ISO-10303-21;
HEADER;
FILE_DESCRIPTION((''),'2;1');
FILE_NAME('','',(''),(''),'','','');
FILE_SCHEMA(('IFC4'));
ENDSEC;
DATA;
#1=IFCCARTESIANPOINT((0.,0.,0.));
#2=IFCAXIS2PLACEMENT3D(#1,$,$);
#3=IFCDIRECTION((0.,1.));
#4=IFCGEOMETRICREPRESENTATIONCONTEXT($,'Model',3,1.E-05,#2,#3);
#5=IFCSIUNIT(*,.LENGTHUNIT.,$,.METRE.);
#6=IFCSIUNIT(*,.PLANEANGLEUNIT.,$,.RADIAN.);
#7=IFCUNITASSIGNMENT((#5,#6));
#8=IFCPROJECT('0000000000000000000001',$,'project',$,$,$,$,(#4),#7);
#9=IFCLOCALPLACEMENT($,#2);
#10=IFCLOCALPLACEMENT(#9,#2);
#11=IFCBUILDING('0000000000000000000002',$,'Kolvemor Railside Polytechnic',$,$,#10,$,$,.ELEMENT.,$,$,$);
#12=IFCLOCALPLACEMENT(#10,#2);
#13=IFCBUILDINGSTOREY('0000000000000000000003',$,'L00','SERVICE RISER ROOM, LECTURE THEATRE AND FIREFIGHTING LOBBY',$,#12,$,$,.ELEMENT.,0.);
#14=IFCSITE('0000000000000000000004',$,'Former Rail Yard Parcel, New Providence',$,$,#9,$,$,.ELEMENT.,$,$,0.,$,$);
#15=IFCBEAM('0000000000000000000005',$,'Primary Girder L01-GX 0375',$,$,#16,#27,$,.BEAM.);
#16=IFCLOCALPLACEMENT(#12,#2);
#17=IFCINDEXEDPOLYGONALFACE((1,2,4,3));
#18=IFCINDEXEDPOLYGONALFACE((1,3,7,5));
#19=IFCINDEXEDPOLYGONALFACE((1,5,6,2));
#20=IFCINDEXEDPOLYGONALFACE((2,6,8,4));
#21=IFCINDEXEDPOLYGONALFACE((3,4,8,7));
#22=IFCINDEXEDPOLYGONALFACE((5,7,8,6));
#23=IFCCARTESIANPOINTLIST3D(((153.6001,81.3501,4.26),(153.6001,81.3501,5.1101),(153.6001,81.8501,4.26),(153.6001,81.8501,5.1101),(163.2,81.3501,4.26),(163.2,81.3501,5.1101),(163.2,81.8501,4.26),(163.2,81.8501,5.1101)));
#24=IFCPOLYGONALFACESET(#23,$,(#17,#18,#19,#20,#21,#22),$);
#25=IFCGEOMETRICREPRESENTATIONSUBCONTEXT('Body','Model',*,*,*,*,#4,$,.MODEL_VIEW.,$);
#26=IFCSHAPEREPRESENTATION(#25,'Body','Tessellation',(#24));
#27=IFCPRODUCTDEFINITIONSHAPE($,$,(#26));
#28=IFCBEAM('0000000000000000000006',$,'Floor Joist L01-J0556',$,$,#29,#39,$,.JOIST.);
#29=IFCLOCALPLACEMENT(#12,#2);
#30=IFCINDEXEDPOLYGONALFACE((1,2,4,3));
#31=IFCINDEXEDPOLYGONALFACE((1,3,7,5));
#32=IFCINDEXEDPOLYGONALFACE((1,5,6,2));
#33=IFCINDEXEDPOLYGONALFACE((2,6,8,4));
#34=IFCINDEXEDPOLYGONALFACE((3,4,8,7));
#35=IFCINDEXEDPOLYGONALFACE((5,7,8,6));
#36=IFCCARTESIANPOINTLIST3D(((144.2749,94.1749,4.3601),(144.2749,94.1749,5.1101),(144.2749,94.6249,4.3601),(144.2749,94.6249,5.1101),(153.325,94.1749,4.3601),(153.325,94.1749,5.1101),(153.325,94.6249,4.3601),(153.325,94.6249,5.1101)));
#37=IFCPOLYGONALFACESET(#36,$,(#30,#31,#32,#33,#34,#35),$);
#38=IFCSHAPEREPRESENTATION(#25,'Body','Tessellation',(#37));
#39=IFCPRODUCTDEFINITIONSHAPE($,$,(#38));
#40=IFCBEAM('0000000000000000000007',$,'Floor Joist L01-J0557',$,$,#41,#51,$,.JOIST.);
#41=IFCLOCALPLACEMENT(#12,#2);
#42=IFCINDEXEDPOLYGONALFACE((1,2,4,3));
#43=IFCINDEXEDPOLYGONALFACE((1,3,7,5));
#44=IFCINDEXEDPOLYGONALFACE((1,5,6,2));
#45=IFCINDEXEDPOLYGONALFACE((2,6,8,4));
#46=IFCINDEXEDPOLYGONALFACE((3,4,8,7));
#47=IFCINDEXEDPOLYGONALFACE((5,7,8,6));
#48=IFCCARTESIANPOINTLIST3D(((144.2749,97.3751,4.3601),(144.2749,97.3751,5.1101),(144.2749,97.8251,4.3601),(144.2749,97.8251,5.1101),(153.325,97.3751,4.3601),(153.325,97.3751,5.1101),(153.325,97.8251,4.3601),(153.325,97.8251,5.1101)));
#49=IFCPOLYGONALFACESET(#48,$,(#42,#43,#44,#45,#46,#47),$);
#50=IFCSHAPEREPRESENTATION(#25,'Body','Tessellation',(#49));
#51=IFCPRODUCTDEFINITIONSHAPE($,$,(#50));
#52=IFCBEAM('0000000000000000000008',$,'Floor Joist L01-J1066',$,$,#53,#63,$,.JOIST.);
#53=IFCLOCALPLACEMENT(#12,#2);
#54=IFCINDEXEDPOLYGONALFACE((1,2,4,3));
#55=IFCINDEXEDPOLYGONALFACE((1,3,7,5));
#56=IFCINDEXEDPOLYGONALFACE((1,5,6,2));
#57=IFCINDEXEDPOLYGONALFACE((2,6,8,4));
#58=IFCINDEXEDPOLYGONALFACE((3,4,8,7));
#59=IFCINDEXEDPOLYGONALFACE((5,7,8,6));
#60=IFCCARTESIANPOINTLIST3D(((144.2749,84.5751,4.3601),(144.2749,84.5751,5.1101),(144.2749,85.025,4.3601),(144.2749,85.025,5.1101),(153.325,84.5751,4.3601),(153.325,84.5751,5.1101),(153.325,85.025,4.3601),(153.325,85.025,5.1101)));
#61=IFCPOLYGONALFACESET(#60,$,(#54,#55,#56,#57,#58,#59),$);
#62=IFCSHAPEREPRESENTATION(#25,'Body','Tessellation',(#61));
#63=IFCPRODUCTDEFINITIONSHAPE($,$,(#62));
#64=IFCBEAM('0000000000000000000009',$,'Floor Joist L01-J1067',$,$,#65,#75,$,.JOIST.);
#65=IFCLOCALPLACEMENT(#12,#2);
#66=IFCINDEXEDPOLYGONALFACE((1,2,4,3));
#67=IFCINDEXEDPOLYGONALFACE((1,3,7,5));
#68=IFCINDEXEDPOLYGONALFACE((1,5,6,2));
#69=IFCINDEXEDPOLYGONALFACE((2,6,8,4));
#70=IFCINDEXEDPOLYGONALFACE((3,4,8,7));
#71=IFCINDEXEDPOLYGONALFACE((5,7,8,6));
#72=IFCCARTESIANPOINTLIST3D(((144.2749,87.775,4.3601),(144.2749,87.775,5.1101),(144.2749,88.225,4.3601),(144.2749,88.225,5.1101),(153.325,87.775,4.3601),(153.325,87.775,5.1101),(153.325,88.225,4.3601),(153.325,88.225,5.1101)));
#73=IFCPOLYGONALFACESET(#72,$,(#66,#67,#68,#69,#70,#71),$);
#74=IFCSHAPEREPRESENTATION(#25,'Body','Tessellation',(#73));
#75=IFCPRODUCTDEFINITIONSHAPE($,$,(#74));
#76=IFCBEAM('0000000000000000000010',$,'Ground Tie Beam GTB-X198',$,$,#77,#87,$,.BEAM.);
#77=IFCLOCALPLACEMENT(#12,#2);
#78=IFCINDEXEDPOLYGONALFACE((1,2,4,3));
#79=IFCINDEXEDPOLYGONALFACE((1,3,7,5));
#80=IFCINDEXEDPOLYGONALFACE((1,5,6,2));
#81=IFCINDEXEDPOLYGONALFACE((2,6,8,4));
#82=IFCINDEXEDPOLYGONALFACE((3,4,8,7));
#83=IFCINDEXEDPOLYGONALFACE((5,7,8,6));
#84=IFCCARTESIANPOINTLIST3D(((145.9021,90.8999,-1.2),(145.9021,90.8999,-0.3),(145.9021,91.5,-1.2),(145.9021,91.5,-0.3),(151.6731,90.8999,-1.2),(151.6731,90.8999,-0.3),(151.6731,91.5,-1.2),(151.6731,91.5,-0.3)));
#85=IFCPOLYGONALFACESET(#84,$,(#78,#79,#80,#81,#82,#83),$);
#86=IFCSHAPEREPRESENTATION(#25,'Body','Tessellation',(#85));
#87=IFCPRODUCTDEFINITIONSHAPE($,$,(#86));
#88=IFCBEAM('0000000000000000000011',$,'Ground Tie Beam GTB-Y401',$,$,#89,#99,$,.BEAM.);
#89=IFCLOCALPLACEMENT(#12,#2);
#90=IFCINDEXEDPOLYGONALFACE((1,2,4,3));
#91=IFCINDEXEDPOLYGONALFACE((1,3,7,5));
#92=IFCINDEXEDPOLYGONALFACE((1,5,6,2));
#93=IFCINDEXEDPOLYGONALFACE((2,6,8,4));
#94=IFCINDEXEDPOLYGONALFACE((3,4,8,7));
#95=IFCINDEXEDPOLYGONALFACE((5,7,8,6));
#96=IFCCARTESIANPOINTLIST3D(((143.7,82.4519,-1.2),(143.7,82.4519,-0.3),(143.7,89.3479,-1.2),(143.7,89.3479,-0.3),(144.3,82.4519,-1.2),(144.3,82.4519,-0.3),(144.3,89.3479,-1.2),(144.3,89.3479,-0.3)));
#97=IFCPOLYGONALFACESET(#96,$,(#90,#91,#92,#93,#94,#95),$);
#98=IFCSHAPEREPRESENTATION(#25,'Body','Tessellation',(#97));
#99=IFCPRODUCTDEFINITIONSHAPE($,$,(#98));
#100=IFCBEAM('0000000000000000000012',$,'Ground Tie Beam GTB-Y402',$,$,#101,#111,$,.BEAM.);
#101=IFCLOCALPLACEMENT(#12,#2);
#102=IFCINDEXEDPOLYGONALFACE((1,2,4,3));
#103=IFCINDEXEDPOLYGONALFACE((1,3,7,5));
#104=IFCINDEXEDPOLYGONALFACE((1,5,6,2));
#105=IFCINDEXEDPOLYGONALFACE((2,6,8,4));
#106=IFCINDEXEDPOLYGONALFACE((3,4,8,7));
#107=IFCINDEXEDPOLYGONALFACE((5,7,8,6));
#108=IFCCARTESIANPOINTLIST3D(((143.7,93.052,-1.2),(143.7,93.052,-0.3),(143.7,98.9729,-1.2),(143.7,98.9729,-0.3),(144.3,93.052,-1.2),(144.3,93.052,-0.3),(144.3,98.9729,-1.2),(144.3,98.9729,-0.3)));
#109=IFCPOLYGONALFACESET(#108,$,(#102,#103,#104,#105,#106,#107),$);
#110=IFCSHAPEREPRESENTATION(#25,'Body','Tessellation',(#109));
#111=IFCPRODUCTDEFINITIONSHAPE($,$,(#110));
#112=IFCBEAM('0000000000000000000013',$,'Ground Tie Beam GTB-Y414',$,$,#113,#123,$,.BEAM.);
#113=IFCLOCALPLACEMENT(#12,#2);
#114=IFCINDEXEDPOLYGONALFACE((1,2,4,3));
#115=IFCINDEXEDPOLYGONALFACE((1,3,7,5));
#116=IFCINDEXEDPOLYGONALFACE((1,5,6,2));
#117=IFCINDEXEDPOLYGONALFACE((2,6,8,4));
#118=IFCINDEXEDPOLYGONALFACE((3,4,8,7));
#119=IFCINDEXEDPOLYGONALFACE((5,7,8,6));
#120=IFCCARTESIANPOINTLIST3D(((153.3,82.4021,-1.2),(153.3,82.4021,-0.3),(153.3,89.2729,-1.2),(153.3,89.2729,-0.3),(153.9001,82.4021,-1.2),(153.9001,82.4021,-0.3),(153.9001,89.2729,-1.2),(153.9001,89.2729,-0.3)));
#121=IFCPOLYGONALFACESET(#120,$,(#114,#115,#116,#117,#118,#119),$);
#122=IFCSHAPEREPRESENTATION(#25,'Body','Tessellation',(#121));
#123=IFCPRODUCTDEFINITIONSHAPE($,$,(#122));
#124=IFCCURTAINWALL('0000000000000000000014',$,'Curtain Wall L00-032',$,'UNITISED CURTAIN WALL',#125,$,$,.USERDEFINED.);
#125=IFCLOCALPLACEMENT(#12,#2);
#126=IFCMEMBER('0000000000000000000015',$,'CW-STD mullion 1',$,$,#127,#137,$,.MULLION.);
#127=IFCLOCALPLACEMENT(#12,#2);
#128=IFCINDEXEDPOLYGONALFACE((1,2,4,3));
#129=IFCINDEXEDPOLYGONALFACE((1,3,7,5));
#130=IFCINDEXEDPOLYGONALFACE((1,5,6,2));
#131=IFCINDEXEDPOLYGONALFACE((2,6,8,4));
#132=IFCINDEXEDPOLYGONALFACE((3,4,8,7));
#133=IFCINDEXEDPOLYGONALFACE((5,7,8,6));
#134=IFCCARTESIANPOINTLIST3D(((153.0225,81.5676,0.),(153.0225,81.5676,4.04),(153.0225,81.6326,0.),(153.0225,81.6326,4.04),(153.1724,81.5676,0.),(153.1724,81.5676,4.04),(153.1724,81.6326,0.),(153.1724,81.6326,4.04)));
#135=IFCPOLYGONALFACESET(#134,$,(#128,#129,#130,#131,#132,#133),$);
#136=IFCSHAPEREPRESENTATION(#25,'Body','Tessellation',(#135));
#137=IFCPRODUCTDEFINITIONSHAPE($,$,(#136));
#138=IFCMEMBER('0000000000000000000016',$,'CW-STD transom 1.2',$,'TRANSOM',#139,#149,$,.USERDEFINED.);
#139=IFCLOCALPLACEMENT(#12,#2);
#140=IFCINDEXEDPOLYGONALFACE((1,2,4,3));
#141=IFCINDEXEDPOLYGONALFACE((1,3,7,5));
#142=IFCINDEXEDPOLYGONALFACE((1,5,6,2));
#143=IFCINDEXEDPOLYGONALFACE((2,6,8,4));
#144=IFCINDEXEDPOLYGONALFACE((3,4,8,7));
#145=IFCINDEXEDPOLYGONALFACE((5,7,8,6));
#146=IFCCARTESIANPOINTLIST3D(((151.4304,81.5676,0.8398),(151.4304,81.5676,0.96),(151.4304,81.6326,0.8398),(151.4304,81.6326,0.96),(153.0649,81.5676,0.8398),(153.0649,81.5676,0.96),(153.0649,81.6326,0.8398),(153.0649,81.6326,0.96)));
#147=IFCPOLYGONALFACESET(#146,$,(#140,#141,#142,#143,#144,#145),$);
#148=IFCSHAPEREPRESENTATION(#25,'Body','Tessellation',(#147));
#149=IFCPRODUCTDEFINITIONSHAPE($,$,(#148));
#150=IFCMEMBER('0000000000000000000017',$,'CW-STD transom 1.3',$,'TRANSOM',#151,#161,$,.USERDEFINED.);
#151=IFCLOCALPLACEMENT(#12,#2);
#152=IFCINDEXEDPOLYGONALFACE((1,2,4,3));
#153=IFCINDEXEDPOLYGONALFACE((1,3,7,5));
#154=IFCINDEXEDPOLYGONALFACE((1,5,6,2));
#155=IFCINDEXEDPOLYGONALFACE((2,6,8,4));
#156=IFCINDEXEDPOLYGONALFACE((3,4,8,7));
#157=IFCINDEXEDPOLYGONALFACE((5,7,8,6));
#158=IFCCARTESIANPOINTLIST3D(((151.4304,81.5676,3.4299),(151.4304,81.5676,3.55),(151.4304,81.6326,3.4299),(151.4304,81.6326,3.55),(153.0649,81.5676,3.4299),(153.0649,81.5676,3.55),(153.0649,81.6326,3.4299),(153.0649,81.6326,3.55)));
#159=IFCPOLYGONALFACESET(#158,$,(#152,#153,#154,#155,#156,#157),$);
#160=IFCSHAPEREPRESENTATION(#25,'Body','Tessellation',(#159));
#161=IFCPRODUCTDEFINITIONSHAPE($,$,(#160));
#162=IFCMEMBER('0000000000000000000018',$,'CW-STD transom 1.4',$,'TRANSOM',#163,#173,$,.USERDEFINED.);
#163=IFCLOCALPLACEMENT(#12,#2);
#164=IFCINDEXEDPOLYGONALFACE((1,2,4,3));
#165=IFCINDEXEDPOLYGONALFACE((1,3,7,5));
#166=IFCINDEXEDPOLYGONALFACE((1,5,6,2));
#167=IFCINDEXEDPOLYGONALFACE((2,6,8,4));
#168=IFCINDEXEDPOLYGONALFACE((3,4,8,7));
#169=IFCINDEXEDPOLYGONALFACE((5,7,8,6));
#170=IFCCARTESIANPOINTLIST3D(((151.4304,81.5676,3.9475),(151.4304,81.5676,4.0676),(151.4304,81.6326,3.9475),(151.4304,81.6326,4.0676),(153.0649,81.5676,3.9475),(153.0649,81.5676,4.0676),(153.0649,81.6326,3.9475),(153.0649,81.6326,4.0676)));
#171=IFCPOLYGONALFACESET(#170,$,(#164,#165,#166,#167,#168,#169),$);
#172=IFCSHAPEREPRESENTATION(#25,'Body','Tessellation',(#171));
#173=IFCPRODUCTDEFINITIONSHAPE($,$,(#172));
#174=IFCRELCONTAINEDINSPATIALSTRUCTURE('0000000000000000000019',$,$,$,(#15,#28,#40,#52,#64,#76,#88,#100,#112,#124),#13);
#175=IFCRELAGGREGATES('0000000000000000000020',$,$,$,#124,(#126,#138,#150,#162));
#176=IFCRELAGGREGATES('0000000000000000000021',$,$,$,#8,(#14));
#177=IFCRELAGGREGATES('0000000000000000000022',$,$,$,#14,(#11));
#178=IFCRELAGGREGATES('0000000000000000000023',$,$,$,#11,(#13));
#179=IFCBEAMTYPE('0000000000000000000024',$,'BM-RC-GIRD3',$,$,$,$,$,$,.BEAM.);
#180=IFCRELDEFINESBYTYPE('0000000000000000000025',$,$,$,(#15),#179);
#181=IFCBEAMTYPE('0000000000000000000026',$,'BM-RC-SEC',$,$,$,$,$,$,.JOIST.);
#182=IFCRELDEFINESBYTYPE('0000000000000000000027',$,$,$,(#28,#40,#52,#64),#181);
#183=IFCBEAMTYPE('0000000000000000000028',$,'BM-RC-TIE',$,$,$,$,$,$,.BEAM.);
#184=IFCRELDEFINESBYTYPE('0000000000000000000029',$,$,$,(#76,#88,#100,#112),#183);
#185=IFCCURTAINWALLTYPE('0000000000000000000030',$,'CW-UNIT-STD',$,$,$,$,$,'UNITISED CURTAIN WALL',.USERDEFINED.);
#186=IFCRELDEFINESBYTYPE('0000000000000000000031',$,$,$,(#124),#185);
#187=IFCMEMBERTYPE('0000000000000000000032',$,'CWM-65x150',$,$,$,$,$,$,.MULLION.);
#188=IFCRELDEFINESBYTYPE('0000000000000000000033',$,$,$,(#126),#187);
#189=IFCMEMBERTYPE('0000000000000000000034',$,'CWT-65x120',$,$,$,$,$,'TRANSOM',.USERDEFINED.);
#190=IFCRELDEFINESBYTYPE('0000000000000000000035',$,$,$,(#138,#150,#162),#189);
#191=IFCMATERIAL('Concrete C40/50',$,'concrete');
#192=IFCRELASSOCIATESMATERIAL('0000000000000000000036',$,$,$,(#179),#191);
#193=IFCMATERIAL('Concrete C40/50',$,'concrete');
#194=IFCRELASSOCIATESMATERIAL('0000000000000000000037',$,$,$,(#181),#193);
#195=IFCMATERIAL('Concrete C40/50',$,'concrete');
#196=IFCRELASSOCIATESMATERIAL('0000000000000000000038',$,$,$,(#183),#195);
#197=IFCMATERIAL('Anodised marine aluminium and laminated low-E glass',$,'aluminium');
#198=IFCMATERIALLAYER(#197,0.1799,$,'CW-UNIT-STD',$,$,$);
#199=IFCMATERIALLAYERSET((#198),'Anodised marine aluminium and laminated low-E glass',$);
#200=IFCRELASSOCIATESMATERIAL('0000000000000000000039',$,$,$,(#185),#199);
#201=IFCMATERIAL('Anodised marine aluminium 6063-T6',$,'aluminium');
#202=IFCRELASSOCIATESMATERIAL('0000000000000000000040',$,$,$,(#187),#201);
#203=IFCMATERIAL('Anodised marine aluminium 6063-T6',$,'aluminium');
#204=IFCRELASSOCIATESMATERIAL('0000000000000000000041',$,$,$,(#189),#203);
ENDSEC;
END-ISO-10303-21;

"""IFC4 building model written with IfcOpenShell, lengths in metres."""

from ifc_helpers import new_model, si_unit, direction, frame, origin, origin_2d, place, context, subcontext, project, spatial, rectangle, extrude, material, layer, layer_set, material_profile, profile_set, type_object, element, aggregate, save


model = new_model("IFC4")

# Units and contexts
model_context = context("Model", 3, precision=1e-05, world=origin(), true_north=direction((0.0, 1.0)))
body_context = subcontext(model_context, "Body", "Model", "MODEL_VIEW")
ifc_project = project(units=[si_unit("LENGTHUNIT", "METRE"), si_unit("PLANEANGLEUNIT", "RADIAN")], contexts=[model_context])

# Site, building, storey
site_placement = place(None, origin())
site = spatial("IfcSite", under=ifc_project, at=site_placement, Name="Former Rail Yard Parcel, New Providence", CompositionType="ELEMENT", RefElevation=0.0)
building_placement = place(site_placement, origin())
building = spatial("IfcBuilding", under=site, at=building_placement, Name="Kolvemor Railside Polytechnic", CompositionType="ELEMENT")
storey_placement = place(building_placement, origin())
storey = spatial("IfcBuildingStorey", under=building, at=storey_placement, Name="L00", Description="SERVICE RISER ROOM, LECTURE THEATRE AND FIREFIGHTING LOBBY", CompositionType="ELEMENT", Elevation=0.0)

# Beams
ifc_material_1 = material(Name="Concrete C40/50", Category="concrete")
ifc_material_profile_1 = material_profile(ifc_material_1, rectangle(XDim=0.5, YDim=0.8501, at=origin_2d()), Name="RC500x850")
ifc_profile_set_1 = profile_set([ifc_material_profile_1], Name="Concrete C40/50")
beam_type_1 = type_object("IfcBeamType", Name="BM-RC-GIRD3", PredefinedType="BEAM", material=ifc_profile_set_1)
beam_1_placement = place(storey_placement, frame((153.6001, 81.6001, 4.6851), z_axis=(1.0, 0.0, 0.0), x_axis=(0.0, 1.0, 0.0)))
element("IfcBeam", 1, at=beam_1_placement, inside=storey, type_object=beam_type_1, Name="Primary Girder L01-GX 0375", PredefinedType="BEAM", context=body_context, shape_type="SweptSolid", body=[
    extrude(rectangle(XDim=0.5, YDim=0.8501, at=origin_2d()), origin(), (0.0, 0.0, 1.0), 9.5999),
])
ifc_material_2 = material(Name="Concrete C40/50", Category="concrete")
ifc_material_profile_2 = material_profile(ifc_material_2, rectangle(XDim=0.45, YDim=0.75, at=origin_2d()), Name="RC450x750")
ifc_profile_set_2 = profile_set([ifc_material_profile_2], Name="Concrete C40/50")
beam_type_2 = type_object("IfcBeamType", Name="BM-RC-SEC", PredefinedType="JOIST", material=ifc_profile_set_2)
for number, where, z_axis, x_axis, name in (
    (2, (144.2749, 94.3999, 4.7351), (1.0, 0.0, 0.0), (0.0, 1.0, 0.0), "Floor Joist L01-J0556"),
    (3, (144.2749, 97.6001, 4.7351), (1.0, 0.0, 0.0), (0.0, 1.0, 0.0), "Floor Joist L01-J0557"),
    (4, (144.2749, 84.8, 4.7351), (1.0, 0.0, 0.0), (0.0, 1.0, 0.0), "Floor Joist L01-J1066"),
    (5, (144.2749, 88.0, 4.7351), (1.0, 0.0, 0.0), (0.0, 1.0, 0.0), "Floor Joist L01-J1067"),
):
    element("IfcBeam", number, at=place(storey_placement, frame(where, z_axis=z_axis, x_axis=x_axis)), inside=storey, type_object=beam_type_2, Name=name, PredefinedType="JOIST", context=body_context, shape_type="SweptSolid", body=[
        extrude(rectangle(XDim=0.45, YDim=0.75, at=origin_2d()), origin(), (0.0, 0.0, 1.0), 9.05),
    ])
ifc_material_3 = material(Name="Concrete C40/50", Category="concrete")
ifc_material_profile_3 = material_profile(ifc_material_3, rectangle(XDim=0.6001, YDim=0.8999, at=origin_2d()), Name="RC600x900")
ifc_profile_set_3 = profile_set([ifc_material_profile_3], Name="Concrete C40/50")
beam_type_3 = type_object("IfcBeamType", Name="BM-RC-TIE", PredefinedType="BEAM", material=ifc_profile_set_3)
beam_2_placement = place(storey_placement, frame((145.9021, 91.2, -0.75), z_axis=(1.0, 0.0, 0.0), x_axis=(0.0, 1.0, 0.0)))
element("IfcBeam", 6, at=beam_2_placement, inside=storey, type_object=beam_type_3, Name="Ground Tie Beam GTB-X198", PredefinedType="BEAM", context=body_context, shape_type="SweptSolid", body=[
    extrude(rectangle(XDim=0.6001, YDim=0.8999, at=origin_2d()), origin(), (0.0, 0.0, 1.0), 5.771),
])
beam_3_placement = place(storey_placement, frame((144.0, 82.4519, -0.75), z_axis=(0.0, 1.0, 0.0), x_axis=(-1.0, 0.0, 0.0)))
element("IfcBeam", 7, at=beam_3_placement, inside=storey, type_object=beam_type_3, Name="Ground Tie Beam GTB-Y401", PredefinedType="BEAM", context=body_context, shape_type="SweptSolid", body=[
    extrude(rectangle(XDim=0.6001, YDim=0.8999, at=origin_2d()), origin(), (0.0, 0.0, 1.0), 6.896),
])
beam_4_placement = place(storey_placement, frame((144.0, 93.052, -0.75), z_axis=(0.0, 1.0, 0.0), x_axis=(-1.0, 0.0, 0.0)))
element("IfcBeam", 8, at=beam_4_placement, inside=storey, type_object=beam_type_3, Name="Ground Tie Beam GTB-Y402", PredefinedType="BEAM", context=body_context, shape_type="SweptSolid", body=[
    extrude(rectangle(XDim=0.6001, YDim=0.8999, at=origin_2d()), origin(), (0.0, 0.0, 1.0), 5.9209),
])
beam_5_placement = place(storey_placement, frame((153.6001, 82.4021, -0.75), z_axis=(0.0, 1.0, 0.0), x_axis=(-1.0, 0.0, 0.0)))
element("IfcBeam", 9, at=beam_5_placement, inside=storey, type_object=beam_type_3, Name="Ground Tie Beam GTB-Y414", PredefinedType="BEAM", context=body_context, shape_type="SweptSolid", body=[
    extrude(rectangle(XDim=0.6001, YDim=0.8999, at=origin_2d()), origin(), (0.0, 0.0, 1.0), 6.8708),
])

# Curtain wall, members
ifc_material_4 = material(Name="Anodised marine aluminium and laminated low-E glass", Category="aluminium")
ifc_layer = layer(ifc_material_4, 0.1799, Name="CW-UNIT-STD")
ifc_layer_set = layer_set([ifc_layer], Name="Anodised marine aluminium and laminated low-E glass")
curtain_wall_type = type_object("IfcCurtainWallType", Name="CW-UNIT-STD", ElementType="UNITISED CURTAIN WALL", PredefinedType="USERDEFINED", material=ifc_layer_set)
curtain_wall_placement = place(storey_placement, origin())
curtain_wall = element("IfcCurtainWall", 10, at=curtain_wall_placement, inside=storey, type_object=curtain_wall_type, Name="Curtain Wall L00-032", ObjectType="UNITISED CURTAIN WALL", PredefinedType="USERDEFINED")
ifc_material_5 = material(Name="Anodised marine aluminium 6063-T6", Category="aluminium")
ifc_material_profile_4 = material_profile(ifc_material_5, rectangle(XDim=0.0649, YDim=0.1499, at=origin_2d()), Name="CW-MUL-65x150")
ifc_profile_set_4 = profile_set([ifc_material_profile_4], Name="Anodised marine aluminium 6063-T6")
member_type_1 = type_object("IfcMemberType", Name="CWM-65x150", PredefinedType="MULLION", material=ifc_profile_set_4)
member_1_placement = place(storey_placement, frame((153.0974, 81.6001, 0.0), z_axis=(0.0, 0.0, 1.0), x_axis=(0.0, -1.0, 0.0)))
member_1 = element("IfcMember", 11, at=member_1_placement, type_object=member_type_1, Name="CW-STD mullion 1", PredefinedType="MULLION", context=body_context, shape_type="SweptSolid", body=[
    extrude(rectangle(XDim=0.0649, YDim=0.1499, at=origin_2d()), origin(), (0.0, 0.0, 1.0), 4.04),
])
ifc_material_6 = material(Name="Anodised marine aluminium 6063-T6", Category="aluminium")
ifc_material_profile_5 = material_profile(ifc_material_6, rectangle(XDim=0.0649, YDim=0.1201, at=origin_2d()), Name="CW-TRN-65x120")
ifc_profile_set_5 = profile_set([ifc_material_profile_5], Name="Anodised marine aluminium 6063-T6")
member_type_2 = type_object("IfcMemberType", Name="CWT-65x120", ElementType="TRANSOM", PredefinedType="USERDEFINED", material=ifc_profile_set_5)
member_2_placement = place(storey_placement, frame((153.0649, 81.6001, 0.8999), z_axis=(-1.0, 0.0, 0.0), x_axis=(0.0, -1.0, 0.0)))
member_2 = element("IfcMember", 12, at=member_2_placement, type_object=member_type_2, Name="CW-STD transom 1.2", ObjectType="TRANSOM", PredefinedType="USERDEFINED", context=body_context, shape_type="SweptSolid", body=[
    extrude(rectangle(XDim=0.0649, YDim=0.1201, at=origin_2d()), origin(), (0.0, 0.0, 1.0), 1.6345),
])
member_3_placement = place(storey_placement, frame((153.0649, 81.6001, 3.49), z_axis=(-1.0, 0.0, 0.0), x_axis=(0.0, -1.0, 0.0)))
member_3 = element("IfcMember", 13, at=member_3_placement, type_object=member_type_2, Name="CW-STD transom 1.3", ObjectType="TRANSOM", PredefinedType="USERDEFINED", context=body_context, shape_type="SweptSolid", body=[
    extrude(rectangle(XDim=0.0649, YDim=0.1201, at=origin_2d()), origin(), (0.0, 0.0, 1.0), 1.6345),
])
member_4_placement = place(storey_placement, frame((153.0649, 81.6001, 4.0076), z_axis=(-1.0, 0.0, 0.0), x_axis=(0.0, -1.0, 0.0)))
member_4 = element("IfcMember", 14, at=member_4_placement, type_object=member_type_2, Name="CW-STD transom 1.4", ObjectType="TRANSOM", PredefinedType="USERDEFINED", context=body_context, shape_type="SweptSolid", body=[
    extrude(rectangle(XDim=0.0649, YDim=0.1201, at=origin_2d()), origin(), (0.0, 0.0, 1.0), 1.6345),
])
aggregate(curtain_wall, [member_1, member_2, member_3, member_4])

save(model, "model.ifc")
